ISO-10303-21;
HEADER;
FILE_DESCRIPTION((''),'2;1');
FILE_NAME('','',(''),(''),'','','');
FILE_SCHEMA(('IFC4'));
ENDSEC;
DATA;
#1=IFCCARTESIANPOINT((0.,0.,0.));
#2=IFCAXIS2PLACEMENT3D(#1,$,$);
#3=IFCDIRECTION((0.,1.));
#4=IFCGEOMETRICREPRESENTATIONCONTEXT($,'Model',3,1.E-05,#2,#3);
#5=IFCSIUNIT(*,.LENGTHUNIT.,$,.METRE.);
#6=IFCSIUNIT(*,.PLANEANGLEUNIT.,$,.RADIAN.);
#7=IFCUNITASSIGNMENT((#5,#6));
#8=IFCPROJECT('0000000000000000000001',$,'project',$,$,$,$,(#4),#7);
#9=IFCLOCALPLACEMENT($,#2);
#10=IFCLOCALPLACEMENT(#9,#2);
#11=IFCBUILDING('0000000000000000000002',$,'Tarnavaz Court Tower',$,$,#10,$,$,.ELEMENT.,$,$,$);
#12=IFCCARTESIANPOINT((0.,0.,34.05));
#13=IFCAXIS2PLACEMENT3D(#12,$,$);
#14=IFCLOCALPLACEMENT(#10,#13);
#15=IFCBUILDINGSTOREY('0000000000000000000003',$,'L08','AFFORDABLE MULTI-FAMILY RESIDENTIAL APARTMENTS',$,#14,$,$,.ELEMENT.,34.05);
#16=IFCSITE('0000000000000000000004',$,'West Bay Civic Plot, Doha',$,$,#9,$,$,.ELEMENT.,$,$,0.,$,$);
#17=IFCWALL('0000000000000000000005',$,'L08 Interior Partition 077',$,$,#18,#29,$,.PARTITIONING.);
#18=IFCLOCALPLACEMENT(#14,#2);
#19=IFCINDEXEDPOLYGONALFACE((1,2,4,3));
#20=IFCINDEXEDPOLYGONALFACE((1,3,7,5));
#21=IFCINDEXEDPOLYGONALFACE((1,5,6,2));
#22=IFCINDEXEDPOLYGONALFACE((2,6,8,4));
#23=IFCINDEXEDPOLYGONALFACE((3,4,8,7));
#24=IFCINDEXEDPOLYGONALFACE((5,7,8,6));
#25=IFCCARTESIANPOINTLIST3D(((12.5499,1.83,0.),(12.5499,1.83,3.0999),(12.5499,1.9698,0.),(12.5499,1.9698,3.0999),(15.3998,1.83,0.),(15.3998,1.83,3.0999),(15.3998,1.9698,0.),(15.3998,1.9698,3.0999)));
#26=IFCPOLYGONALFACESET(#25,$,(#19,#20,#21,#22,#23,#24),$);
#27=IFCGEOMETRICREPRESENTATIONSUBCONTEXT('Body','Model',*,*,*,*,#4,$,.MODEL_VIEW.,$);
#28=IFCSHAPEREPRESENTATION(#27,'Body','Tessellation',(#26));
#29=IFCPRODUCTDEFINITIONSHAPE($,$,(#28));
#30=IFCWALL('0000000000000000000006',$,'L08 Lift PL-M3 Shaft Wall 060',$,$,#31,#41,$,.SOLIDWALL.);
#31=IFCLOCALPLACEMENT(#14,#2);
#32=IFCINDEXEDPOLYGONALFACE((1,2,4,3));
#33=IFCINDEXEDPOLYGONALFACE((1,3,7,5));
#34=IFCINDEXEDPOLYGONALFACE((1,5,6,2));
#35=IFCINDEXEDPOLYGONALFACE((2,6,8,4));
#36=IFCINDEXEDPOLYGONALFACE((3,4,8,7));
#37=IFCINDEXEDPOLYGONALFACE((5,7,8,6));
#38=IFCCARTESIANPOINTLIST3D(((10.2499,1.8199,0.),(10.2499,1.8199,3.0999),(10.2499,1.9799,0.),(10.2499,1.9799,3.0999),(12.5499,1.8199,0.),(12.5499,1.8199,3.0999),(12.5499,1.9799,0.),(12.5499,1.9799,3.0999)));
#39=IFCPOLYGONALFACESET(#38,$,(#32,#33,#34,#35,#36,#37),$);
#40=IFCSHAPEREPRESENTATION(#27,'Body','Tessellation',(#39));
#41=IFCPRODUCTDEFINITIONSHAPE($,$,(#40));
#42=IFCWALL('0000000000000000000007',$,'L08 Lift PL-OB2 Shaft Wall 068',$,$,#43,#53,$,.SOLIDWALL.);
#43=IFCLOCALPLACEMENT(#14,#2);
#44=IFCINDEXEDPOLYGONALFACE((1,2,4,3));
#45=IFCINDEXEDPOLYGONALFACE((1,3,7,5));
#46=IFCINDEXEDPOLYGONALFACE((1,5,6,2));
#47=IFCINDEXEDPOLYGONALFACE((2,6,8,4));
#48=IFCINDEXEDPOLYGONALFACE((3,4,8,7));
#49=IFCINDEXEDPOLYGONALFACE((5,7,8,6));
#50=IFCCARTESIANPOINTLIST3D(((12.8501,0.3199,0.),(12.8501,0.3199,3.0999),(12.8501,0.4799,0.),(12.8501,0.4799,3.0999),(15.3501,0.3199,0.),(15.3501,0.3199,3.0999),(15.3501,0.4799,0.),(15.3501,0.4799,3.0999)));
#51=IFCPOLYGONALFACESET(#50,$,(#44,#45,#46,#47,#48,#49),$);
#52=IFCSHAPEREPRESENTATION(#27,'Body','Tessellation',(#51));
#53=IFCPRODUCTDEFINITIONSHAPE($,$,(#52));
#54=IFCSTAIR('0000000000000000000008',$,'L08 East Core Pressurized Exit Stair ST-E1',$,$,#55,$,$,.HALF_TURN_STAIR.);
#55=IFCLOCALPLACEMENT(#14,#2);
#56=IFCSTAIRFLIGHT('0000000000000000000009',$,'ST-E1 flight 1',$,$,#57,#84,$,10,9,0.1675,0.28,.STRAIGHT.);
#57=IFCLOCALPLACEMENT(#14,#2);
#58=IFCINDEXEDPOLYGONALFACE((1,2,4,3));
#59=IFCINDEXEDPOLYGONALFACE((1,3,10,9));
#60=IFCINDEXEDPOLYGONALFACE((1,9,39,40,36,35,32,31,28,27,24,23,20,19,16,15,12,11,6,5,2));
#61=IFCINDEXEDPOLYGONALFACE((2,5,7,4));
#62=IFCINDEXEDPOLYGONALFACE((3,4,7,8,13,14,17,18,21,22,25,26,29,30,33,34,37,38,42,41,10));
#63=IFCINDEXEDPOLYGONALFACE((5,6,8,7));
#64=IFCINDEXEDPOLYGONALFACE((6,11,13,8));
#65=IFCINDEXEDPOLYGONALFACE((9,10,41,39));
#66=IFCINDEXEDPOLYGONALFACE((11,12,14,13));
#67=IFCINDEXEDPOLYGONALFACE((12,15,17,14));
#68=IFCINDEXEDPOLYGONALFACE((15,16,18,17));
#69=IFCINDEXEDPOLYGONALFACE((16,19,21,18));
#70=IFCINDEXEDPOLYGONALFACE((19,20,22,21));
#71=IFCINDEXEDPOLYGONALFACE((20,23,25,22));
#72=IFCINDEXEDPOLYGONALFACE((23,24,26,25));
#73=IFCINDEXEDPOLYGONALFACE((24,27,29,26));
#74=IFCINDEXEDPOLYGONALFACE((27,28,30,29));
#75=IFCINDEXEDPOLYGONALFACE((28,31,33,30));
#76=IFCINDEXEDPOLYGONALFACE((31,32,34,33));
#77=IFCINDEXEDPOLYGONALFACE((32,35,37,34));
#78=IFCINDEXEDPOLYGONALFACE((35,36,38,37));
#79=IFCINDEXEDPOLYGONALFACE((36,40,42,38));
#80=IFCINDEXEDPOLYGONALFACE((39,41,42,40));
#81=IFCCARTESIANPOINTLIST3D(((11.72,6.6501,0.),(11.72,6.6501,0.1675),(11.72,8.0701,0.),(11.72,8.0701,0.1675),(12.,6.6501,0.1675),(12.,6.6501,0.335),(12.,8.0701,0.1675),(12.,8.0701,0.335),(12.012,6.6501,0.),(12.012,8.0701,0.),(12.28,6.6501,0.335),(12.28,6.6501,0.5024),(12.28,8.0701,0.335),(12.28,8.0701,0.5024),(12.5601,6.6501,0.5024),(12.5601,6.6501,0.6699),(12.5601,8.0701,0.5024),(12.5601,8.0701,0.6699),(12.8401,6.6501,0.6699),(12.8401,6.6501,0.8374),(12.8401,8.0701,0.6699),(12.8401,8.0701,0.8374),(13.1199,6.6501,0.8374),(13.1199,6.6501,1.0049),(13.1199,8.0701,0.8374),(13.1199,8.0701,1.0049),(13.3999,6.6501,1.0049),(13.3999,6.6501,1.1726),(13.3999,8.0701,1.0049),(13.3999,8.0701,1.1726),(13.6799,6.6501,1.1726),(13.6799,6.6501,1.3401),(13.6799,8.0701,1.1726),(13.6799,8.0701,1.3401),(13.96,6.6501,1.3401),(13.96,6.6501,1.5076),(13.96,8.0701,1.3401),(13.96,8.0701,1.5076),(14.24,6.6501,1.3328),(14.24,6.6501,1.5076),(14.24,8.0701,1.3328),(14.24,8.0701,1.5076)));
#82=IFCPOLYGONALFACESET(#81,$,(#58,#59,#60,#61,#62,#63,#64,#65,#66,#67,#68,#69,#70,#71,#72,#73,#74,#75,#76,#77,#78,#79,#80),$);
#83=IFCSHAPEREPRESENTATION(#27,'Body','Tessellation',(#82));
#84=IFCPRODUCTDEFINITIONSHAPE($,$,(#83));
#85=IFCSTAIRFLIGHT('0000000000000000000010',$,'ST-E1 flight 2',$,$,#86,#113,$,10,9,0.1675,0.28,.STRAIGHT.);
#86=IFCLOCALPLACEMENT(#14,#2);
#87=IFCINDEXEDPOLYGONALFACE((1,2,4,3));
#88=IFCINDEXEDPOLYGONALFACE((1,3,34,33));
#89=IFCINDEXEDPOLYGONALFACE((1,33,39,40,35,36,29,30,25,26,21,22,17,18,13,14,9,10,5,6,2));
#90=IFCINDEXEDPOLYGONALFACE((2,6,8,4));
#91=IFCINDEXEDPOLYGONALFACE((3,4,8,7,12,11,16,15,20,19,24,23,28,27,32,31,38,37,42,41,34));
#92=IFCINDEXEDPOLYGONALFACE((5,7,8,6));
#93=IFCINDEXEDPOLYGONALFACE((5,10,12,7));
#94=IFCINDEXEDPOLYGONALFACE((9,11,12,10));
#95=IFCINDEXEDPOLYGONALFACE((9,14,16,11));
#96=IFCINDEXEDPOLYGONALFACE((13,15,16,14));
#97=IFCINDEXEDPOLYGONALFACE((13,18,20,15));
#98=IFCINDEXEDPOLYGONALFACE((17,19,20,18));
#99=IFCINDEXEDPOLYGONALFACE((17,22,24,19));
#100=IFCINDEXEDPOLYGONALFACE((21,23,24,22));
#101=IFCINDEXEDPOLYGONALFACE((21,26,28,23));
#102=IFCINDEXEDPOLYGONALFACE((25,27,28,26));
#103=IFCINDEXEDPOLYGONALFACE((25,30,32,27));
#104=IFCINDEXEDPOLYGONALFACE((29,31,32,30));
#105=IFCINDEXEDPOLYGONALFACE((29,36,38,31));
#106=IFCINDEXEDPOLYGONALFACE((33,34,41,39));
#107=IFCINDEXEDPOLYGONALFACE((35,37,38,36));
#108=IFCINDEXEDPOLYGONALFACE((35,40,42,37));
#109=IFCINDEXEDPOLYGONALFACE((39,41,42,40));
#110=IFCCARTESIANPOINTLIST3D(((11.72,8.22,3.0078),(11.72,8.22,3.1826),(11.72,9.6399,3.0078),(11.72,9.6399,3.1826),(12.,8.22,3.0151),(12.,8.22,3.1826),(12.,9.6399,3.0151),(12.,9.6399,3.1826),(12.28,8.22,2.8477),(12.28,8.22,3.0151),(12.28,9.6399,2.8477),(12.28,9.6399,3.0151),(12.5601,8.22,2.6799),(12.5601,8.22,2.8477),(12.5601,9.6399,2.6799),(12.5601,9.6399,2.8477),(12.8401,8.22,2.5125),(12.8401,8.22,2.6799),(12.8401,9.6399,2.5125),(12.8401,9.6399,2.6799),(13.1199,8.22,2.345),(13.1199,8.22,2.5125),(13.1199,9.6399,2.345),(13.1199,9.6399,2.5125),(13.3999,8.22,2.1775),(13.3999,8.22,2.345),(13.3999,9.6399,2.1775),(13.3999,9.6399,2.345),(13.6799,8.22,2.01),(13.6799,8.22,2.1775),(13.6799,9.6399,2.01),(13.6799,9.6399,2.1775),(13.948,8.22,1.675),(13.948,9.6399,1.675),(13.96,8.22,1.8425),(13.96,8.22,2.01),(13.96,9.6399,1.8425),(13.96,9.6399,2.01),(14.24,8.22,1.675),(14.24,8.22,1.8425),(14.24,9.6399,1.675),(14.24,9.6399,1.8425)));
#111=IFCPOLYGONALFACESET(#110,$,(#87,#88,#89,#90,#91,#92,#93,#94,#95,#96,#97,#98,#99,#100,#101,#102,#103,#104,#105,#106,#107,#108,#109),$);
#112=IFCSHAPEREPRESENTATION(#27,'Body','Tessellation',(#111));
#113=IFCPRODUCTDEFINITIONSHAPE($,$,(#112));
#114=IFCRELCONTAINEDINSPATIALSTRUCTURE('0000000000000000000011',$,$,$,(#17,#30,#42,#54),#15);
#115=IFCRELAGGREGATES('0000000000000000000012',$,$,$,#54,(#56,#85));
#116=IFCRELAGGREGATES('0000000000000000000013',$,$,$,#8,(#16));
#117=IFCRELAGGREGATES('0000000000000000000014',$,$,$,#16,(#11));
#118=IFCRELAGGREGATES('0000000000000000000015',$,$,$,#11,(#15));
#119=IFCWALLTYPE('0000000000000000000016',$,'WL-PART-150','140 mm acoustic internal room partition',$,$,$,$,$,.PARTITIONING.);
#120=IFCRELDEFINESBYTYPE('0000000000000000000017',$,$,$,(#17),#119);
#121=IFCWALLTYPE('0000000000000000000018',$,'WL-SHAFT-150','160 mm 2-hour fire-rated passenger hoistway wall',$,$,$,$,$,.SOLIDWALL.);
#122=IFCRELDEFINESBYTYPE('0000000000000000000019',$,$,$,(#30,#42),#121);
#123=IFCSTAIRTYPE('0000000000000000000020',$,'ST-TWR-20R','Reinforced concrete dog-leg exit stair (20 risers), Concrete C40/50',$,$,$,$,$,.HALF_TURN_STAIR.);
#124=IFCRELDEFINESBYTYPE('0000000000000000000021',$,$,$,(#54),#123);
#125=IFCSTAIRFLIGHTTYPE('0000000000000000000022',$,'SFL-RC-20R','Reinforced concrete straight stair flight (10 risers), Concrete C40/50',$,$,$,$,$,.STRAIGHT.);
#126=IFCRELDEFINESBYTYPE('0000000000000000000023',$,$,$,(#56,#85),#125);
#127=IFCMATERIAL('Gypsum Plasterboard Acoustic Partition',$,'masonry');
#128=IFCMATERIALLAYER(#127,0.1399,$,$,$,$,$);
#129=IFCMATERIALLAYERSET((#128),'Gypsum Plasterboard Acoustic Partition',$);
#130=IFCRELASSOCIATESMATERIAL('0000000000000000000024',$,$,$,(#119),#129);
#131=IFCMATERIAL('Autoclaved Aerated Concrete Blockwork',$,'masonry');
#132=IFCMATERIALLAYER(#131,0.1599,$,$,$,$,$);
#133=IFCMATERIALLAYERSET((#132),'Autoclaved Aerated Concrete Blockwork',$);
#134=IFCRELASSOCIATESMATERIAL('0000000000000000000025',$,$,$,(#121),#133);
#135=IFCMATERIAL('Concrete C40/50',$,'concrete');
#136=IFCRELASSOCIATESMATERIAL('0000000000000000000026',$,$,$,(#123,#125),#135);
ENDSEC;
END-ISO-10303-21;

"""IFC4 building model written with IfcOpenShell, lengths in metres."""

from ifc_helpers import new_model, si_unit, direction, frame, frame_2d, origin, place, context, subcontext, project, spatial, polyline, rectangle, outline, extrude, material, layer, layer_set, type_object, element, aggregate, save


model = new_model("IFC4")

# Units and contexts
model_context = context("Model", 3, precision=1e-05, world=origin(), true_north=direction((0.0, 1.0)))
body_context = subcontext(model_context, "Body", "Model", "MODEL_VIEW")
ifc_project = project(units=[si_unit("LENGTHUNIT", "METRE"), si_unit("PLANEANGLEUNIT", "RADIAN")], contexts=[model_context])

# Site, building, storey
site_placement = place(None, origin())
site = spatial("IfcSite", under=ifc_project, at=site_placement, Name="West Bay Civic Plot, Doha", CompositionType="ELEMENT", RefElevation=0.0)
building_placement = place(site_placement, origin())
building = spatial("IfcBuilding", under=site, at=building_placement, Name="Tarnavaz Court Tower", CompositionType="ELEMENT")
storey_placement = place(building_placement, frame((0.0, 0.0, 34.05)))
storey = spatial("IfcBuildingStorey", under=building, at=storey_placement, Name="L08", Description="AFFORDABLE MULTI-FAMILY RESIDENTIAL APARTMENTS", CompositionType="ELEMENT", Elevation=34.05)

# Shared definitions
ifc_material_1 = material(Name="Autoclaved Aerated Concrete Blockwork", Category="masonry")

# Walls
ifc_material_2 = material(Name="Gypsum Plasterboard Acoustic Partition", Category="masonry")
ifc_layer_1 = layer(ifc_material_2, 0.1399)
ifc_layer_set_1 = layer_set([ifc_layer_1], Name="Gypsum Plasterboard Acoustic Partition")
wall_type_1 = type_object("IfcWallType", Name="WL-PART-150", Description="140 mm acoustic internal room partition", PredefinedType="PARTITIONING", material=ifc_layer_set_1)
wall_1_placement = place(storey_placement, frame((12.55, 1.8999, 0.0), z_axis=(0.0, 0.0, 1.0), x_axis=(1.0, 0.0, 0.0)))
element("IfcWall", 1, at=wall_1_placement, inside=storey, type_object=wall_type_1, Name="L08 Interior Partition 077", PredefinedType="PARTITIONING", context=body_context, shape_type="SweptSolid", body=[
    extrude(rectangle(XDim=2.8499, YDim=0.1399, at=frame_2d((1.4248, 0.0))), origin(), (0.0, 0.0, 1.0), 3.0999),
])
ifc_layer_2 = layer(ifc_material_1, 0.1599)
ifc_layer_set_2 = layer_set([ifc_layer_2], Name="Autoclaved Aerated Concrete Blockwork")
wall_type_2 = type_object("IfcWallType", Name="WL-SHAFT-150", Description="160 mm 2-hour fire-rated passenger hoistway wall", PredefinedType="SOLIDWALL", material=ifc_layer_set_2)
wall_2_placement = place(storey_placement, frame((10.25, 1.8999, 0.0), z_axis=(0.0, 0.0, 1.0), x_axis=(1.0, 0.0, 0.0)))
element("IfcWall", 2, at=wall_2_placement, inside=storey, type_object=wall_type_2, Name="L08 Lift PL-M3 Shaft Wall 060", PredefinedType="SOLIDWALL", context=body_context, shape_type="SweptSolid", body=[
    extrude(rectangle(XDim=2.3, YDim=0.1599, at=frame_2d((1.1499, 0.0))), origin(), (0.0, 0.0, 1.0), 3.0999),
])
wall_3_placement = place(storey_placement, frame((12.8501, 0.3999, 0.0), z_axis=(0.0, 0.0, 1.0), x_axis=(1.0, 0.0, 0.0)))
element("IfcWall", 3, at=wall_3_placement, inside=storey, type_object=wall_type_2, Name="L08 Lift PL-OB2 Shaft Wall 068", PredefinedType="SOLIDWALL", context=body_context, shape_type="SweptSolid", body=[
    extrude(rectangle(XDim=2.5, YDim=0.1599, at=frame_2d((1.25, 0.0))), origin(), (0.0, 0.0, 1.0), 3.0999),
])

# Stair, stair flights
ifc_material_3 = material(Name="Concrete C40/50", Category="concrete")
stair_type = type_object("IfcStairType", Name="ST-TWR-20R", Description="Reinforced concrete dog-leg exit stair (20 risers), Concrete C40/50", PredefinedType="HALF_TURN_STAIR", material=ifc_material_3)
stair_placement = place(storey_placement, origin())
stair = element("IfcStair", 4, at=stair_placement, inside=storey, type_object=stair_type, Name="L08 East Core Pressurized Exit Stair ST-E1", PredefinedType="HALF_TURN_STAIR")
stair_flight_type = type_object("IfcStairFlightType", Name="SFL-RC-20R", Description="Reinforced concrete straight stair flight (10 risers), Concrete C40/50", PredefinedType="STRAIGHT", material=ifc_material_3)
stair_flight_1_placement = place(storey_placement, frame((11.72, 7.3601, 0.0), z_axis=(0.0, 0.0, 1.0), x_axis=(1.0, 0.0, 0.0)))
stair_flight_1 = element("IfcStairFlight", 5, at=stair_flight_1_placement, type_object=stair_flight_type, Name="ST-E1 flight 1", NumberOfRisers=10, NumberOfTreads=9, PredefinedType="STRAIGHT", RiserHeight=0.1675, TreadLength=0.28, context=body_context, shape_type="SweptSolid", body=[
    extrude(outline(polyline([(0.0, 0.0), (0.0, 0.1675), (0.28, 0.1675), (0.28, 0.335), (0.5601, 0.335), (0.5601, 0.5024), (0.8401, 0.5024), (0.8401, 0.6699), (1.1201, 0.6699), (1.1201, 0.8374), (1.3999, 0.8374), (1.3999, 1.0049), (1.6799, 1.0049), (1.6799, 1.1726), (1.96, 1.1726), (1.96, 1.3401), (2.24, 1.3401), (2.24, 1.5076), (2.52, 1.5076), (2.52, 1.675), (2.52, 1.3328), (0.292, 0.0), (0.0, 0.0)])), frame((0.0, 0.71, 0.0), z_axis=(0.0, -1.0, 0.0), x_axis=(1.0, 0.0, 0.0)), (0.0, 0.0, 1.0), 1.4199),
])
stair_flight_2_placement = place(storey_placement, frame((14.24, 8.9299, 1.675), z_axis=(0.0, 0.0, 1.0), x_axis=(-1.0, 0.0, 0.0)))
stair_flight_2 = element("IfcStairFlight", 6, at=stair_flight_2_placement, type_object=stair_flight_type, Name="ST-E1 flight 2", NumberOfRisers=10, NumberOfTreads=9, PredefinedType="STRAIGHT", RiserHeight=0.1675, TreadLength=0.28, context=body_context, shape_type="SweptSolid", body=[
    extrude(outline(polyline([(0.0, 0.0), (0.0, 0.1675), (0.28, 0.1675), (0.28, 0.335), (0.5601, 0.335), (0.5601, 0.5024), (0.8401, 0.5024), (0.8401, 0.6699), (1.1201, 0.6699), (1.1201, 0.8374), (1.3999, 0.8374), (1.3999, 1.0049), (1.6799, 1.0049), (1.6799, 1.1726), (1.96, 1.1726), (1.96, 1.3401), (2.24, 1.3401), (2.24, 1.5076), (2.52, 1.5076), (2.52, 1.675), (2.52, 1.3328), (0.292, 0.0), (0.0, 0.0)])), frame((0.0, 0.71, 0.0), z_axis=(0.0, -1.0, 0.0), x_axis=(1.0, 0.0, 0.0)), (0.0, 0.0, 1.0), 1.4199),
])
aggregate(stair, [stair_flight_1, stair_flight_2])

save(model, "model.ifc")
